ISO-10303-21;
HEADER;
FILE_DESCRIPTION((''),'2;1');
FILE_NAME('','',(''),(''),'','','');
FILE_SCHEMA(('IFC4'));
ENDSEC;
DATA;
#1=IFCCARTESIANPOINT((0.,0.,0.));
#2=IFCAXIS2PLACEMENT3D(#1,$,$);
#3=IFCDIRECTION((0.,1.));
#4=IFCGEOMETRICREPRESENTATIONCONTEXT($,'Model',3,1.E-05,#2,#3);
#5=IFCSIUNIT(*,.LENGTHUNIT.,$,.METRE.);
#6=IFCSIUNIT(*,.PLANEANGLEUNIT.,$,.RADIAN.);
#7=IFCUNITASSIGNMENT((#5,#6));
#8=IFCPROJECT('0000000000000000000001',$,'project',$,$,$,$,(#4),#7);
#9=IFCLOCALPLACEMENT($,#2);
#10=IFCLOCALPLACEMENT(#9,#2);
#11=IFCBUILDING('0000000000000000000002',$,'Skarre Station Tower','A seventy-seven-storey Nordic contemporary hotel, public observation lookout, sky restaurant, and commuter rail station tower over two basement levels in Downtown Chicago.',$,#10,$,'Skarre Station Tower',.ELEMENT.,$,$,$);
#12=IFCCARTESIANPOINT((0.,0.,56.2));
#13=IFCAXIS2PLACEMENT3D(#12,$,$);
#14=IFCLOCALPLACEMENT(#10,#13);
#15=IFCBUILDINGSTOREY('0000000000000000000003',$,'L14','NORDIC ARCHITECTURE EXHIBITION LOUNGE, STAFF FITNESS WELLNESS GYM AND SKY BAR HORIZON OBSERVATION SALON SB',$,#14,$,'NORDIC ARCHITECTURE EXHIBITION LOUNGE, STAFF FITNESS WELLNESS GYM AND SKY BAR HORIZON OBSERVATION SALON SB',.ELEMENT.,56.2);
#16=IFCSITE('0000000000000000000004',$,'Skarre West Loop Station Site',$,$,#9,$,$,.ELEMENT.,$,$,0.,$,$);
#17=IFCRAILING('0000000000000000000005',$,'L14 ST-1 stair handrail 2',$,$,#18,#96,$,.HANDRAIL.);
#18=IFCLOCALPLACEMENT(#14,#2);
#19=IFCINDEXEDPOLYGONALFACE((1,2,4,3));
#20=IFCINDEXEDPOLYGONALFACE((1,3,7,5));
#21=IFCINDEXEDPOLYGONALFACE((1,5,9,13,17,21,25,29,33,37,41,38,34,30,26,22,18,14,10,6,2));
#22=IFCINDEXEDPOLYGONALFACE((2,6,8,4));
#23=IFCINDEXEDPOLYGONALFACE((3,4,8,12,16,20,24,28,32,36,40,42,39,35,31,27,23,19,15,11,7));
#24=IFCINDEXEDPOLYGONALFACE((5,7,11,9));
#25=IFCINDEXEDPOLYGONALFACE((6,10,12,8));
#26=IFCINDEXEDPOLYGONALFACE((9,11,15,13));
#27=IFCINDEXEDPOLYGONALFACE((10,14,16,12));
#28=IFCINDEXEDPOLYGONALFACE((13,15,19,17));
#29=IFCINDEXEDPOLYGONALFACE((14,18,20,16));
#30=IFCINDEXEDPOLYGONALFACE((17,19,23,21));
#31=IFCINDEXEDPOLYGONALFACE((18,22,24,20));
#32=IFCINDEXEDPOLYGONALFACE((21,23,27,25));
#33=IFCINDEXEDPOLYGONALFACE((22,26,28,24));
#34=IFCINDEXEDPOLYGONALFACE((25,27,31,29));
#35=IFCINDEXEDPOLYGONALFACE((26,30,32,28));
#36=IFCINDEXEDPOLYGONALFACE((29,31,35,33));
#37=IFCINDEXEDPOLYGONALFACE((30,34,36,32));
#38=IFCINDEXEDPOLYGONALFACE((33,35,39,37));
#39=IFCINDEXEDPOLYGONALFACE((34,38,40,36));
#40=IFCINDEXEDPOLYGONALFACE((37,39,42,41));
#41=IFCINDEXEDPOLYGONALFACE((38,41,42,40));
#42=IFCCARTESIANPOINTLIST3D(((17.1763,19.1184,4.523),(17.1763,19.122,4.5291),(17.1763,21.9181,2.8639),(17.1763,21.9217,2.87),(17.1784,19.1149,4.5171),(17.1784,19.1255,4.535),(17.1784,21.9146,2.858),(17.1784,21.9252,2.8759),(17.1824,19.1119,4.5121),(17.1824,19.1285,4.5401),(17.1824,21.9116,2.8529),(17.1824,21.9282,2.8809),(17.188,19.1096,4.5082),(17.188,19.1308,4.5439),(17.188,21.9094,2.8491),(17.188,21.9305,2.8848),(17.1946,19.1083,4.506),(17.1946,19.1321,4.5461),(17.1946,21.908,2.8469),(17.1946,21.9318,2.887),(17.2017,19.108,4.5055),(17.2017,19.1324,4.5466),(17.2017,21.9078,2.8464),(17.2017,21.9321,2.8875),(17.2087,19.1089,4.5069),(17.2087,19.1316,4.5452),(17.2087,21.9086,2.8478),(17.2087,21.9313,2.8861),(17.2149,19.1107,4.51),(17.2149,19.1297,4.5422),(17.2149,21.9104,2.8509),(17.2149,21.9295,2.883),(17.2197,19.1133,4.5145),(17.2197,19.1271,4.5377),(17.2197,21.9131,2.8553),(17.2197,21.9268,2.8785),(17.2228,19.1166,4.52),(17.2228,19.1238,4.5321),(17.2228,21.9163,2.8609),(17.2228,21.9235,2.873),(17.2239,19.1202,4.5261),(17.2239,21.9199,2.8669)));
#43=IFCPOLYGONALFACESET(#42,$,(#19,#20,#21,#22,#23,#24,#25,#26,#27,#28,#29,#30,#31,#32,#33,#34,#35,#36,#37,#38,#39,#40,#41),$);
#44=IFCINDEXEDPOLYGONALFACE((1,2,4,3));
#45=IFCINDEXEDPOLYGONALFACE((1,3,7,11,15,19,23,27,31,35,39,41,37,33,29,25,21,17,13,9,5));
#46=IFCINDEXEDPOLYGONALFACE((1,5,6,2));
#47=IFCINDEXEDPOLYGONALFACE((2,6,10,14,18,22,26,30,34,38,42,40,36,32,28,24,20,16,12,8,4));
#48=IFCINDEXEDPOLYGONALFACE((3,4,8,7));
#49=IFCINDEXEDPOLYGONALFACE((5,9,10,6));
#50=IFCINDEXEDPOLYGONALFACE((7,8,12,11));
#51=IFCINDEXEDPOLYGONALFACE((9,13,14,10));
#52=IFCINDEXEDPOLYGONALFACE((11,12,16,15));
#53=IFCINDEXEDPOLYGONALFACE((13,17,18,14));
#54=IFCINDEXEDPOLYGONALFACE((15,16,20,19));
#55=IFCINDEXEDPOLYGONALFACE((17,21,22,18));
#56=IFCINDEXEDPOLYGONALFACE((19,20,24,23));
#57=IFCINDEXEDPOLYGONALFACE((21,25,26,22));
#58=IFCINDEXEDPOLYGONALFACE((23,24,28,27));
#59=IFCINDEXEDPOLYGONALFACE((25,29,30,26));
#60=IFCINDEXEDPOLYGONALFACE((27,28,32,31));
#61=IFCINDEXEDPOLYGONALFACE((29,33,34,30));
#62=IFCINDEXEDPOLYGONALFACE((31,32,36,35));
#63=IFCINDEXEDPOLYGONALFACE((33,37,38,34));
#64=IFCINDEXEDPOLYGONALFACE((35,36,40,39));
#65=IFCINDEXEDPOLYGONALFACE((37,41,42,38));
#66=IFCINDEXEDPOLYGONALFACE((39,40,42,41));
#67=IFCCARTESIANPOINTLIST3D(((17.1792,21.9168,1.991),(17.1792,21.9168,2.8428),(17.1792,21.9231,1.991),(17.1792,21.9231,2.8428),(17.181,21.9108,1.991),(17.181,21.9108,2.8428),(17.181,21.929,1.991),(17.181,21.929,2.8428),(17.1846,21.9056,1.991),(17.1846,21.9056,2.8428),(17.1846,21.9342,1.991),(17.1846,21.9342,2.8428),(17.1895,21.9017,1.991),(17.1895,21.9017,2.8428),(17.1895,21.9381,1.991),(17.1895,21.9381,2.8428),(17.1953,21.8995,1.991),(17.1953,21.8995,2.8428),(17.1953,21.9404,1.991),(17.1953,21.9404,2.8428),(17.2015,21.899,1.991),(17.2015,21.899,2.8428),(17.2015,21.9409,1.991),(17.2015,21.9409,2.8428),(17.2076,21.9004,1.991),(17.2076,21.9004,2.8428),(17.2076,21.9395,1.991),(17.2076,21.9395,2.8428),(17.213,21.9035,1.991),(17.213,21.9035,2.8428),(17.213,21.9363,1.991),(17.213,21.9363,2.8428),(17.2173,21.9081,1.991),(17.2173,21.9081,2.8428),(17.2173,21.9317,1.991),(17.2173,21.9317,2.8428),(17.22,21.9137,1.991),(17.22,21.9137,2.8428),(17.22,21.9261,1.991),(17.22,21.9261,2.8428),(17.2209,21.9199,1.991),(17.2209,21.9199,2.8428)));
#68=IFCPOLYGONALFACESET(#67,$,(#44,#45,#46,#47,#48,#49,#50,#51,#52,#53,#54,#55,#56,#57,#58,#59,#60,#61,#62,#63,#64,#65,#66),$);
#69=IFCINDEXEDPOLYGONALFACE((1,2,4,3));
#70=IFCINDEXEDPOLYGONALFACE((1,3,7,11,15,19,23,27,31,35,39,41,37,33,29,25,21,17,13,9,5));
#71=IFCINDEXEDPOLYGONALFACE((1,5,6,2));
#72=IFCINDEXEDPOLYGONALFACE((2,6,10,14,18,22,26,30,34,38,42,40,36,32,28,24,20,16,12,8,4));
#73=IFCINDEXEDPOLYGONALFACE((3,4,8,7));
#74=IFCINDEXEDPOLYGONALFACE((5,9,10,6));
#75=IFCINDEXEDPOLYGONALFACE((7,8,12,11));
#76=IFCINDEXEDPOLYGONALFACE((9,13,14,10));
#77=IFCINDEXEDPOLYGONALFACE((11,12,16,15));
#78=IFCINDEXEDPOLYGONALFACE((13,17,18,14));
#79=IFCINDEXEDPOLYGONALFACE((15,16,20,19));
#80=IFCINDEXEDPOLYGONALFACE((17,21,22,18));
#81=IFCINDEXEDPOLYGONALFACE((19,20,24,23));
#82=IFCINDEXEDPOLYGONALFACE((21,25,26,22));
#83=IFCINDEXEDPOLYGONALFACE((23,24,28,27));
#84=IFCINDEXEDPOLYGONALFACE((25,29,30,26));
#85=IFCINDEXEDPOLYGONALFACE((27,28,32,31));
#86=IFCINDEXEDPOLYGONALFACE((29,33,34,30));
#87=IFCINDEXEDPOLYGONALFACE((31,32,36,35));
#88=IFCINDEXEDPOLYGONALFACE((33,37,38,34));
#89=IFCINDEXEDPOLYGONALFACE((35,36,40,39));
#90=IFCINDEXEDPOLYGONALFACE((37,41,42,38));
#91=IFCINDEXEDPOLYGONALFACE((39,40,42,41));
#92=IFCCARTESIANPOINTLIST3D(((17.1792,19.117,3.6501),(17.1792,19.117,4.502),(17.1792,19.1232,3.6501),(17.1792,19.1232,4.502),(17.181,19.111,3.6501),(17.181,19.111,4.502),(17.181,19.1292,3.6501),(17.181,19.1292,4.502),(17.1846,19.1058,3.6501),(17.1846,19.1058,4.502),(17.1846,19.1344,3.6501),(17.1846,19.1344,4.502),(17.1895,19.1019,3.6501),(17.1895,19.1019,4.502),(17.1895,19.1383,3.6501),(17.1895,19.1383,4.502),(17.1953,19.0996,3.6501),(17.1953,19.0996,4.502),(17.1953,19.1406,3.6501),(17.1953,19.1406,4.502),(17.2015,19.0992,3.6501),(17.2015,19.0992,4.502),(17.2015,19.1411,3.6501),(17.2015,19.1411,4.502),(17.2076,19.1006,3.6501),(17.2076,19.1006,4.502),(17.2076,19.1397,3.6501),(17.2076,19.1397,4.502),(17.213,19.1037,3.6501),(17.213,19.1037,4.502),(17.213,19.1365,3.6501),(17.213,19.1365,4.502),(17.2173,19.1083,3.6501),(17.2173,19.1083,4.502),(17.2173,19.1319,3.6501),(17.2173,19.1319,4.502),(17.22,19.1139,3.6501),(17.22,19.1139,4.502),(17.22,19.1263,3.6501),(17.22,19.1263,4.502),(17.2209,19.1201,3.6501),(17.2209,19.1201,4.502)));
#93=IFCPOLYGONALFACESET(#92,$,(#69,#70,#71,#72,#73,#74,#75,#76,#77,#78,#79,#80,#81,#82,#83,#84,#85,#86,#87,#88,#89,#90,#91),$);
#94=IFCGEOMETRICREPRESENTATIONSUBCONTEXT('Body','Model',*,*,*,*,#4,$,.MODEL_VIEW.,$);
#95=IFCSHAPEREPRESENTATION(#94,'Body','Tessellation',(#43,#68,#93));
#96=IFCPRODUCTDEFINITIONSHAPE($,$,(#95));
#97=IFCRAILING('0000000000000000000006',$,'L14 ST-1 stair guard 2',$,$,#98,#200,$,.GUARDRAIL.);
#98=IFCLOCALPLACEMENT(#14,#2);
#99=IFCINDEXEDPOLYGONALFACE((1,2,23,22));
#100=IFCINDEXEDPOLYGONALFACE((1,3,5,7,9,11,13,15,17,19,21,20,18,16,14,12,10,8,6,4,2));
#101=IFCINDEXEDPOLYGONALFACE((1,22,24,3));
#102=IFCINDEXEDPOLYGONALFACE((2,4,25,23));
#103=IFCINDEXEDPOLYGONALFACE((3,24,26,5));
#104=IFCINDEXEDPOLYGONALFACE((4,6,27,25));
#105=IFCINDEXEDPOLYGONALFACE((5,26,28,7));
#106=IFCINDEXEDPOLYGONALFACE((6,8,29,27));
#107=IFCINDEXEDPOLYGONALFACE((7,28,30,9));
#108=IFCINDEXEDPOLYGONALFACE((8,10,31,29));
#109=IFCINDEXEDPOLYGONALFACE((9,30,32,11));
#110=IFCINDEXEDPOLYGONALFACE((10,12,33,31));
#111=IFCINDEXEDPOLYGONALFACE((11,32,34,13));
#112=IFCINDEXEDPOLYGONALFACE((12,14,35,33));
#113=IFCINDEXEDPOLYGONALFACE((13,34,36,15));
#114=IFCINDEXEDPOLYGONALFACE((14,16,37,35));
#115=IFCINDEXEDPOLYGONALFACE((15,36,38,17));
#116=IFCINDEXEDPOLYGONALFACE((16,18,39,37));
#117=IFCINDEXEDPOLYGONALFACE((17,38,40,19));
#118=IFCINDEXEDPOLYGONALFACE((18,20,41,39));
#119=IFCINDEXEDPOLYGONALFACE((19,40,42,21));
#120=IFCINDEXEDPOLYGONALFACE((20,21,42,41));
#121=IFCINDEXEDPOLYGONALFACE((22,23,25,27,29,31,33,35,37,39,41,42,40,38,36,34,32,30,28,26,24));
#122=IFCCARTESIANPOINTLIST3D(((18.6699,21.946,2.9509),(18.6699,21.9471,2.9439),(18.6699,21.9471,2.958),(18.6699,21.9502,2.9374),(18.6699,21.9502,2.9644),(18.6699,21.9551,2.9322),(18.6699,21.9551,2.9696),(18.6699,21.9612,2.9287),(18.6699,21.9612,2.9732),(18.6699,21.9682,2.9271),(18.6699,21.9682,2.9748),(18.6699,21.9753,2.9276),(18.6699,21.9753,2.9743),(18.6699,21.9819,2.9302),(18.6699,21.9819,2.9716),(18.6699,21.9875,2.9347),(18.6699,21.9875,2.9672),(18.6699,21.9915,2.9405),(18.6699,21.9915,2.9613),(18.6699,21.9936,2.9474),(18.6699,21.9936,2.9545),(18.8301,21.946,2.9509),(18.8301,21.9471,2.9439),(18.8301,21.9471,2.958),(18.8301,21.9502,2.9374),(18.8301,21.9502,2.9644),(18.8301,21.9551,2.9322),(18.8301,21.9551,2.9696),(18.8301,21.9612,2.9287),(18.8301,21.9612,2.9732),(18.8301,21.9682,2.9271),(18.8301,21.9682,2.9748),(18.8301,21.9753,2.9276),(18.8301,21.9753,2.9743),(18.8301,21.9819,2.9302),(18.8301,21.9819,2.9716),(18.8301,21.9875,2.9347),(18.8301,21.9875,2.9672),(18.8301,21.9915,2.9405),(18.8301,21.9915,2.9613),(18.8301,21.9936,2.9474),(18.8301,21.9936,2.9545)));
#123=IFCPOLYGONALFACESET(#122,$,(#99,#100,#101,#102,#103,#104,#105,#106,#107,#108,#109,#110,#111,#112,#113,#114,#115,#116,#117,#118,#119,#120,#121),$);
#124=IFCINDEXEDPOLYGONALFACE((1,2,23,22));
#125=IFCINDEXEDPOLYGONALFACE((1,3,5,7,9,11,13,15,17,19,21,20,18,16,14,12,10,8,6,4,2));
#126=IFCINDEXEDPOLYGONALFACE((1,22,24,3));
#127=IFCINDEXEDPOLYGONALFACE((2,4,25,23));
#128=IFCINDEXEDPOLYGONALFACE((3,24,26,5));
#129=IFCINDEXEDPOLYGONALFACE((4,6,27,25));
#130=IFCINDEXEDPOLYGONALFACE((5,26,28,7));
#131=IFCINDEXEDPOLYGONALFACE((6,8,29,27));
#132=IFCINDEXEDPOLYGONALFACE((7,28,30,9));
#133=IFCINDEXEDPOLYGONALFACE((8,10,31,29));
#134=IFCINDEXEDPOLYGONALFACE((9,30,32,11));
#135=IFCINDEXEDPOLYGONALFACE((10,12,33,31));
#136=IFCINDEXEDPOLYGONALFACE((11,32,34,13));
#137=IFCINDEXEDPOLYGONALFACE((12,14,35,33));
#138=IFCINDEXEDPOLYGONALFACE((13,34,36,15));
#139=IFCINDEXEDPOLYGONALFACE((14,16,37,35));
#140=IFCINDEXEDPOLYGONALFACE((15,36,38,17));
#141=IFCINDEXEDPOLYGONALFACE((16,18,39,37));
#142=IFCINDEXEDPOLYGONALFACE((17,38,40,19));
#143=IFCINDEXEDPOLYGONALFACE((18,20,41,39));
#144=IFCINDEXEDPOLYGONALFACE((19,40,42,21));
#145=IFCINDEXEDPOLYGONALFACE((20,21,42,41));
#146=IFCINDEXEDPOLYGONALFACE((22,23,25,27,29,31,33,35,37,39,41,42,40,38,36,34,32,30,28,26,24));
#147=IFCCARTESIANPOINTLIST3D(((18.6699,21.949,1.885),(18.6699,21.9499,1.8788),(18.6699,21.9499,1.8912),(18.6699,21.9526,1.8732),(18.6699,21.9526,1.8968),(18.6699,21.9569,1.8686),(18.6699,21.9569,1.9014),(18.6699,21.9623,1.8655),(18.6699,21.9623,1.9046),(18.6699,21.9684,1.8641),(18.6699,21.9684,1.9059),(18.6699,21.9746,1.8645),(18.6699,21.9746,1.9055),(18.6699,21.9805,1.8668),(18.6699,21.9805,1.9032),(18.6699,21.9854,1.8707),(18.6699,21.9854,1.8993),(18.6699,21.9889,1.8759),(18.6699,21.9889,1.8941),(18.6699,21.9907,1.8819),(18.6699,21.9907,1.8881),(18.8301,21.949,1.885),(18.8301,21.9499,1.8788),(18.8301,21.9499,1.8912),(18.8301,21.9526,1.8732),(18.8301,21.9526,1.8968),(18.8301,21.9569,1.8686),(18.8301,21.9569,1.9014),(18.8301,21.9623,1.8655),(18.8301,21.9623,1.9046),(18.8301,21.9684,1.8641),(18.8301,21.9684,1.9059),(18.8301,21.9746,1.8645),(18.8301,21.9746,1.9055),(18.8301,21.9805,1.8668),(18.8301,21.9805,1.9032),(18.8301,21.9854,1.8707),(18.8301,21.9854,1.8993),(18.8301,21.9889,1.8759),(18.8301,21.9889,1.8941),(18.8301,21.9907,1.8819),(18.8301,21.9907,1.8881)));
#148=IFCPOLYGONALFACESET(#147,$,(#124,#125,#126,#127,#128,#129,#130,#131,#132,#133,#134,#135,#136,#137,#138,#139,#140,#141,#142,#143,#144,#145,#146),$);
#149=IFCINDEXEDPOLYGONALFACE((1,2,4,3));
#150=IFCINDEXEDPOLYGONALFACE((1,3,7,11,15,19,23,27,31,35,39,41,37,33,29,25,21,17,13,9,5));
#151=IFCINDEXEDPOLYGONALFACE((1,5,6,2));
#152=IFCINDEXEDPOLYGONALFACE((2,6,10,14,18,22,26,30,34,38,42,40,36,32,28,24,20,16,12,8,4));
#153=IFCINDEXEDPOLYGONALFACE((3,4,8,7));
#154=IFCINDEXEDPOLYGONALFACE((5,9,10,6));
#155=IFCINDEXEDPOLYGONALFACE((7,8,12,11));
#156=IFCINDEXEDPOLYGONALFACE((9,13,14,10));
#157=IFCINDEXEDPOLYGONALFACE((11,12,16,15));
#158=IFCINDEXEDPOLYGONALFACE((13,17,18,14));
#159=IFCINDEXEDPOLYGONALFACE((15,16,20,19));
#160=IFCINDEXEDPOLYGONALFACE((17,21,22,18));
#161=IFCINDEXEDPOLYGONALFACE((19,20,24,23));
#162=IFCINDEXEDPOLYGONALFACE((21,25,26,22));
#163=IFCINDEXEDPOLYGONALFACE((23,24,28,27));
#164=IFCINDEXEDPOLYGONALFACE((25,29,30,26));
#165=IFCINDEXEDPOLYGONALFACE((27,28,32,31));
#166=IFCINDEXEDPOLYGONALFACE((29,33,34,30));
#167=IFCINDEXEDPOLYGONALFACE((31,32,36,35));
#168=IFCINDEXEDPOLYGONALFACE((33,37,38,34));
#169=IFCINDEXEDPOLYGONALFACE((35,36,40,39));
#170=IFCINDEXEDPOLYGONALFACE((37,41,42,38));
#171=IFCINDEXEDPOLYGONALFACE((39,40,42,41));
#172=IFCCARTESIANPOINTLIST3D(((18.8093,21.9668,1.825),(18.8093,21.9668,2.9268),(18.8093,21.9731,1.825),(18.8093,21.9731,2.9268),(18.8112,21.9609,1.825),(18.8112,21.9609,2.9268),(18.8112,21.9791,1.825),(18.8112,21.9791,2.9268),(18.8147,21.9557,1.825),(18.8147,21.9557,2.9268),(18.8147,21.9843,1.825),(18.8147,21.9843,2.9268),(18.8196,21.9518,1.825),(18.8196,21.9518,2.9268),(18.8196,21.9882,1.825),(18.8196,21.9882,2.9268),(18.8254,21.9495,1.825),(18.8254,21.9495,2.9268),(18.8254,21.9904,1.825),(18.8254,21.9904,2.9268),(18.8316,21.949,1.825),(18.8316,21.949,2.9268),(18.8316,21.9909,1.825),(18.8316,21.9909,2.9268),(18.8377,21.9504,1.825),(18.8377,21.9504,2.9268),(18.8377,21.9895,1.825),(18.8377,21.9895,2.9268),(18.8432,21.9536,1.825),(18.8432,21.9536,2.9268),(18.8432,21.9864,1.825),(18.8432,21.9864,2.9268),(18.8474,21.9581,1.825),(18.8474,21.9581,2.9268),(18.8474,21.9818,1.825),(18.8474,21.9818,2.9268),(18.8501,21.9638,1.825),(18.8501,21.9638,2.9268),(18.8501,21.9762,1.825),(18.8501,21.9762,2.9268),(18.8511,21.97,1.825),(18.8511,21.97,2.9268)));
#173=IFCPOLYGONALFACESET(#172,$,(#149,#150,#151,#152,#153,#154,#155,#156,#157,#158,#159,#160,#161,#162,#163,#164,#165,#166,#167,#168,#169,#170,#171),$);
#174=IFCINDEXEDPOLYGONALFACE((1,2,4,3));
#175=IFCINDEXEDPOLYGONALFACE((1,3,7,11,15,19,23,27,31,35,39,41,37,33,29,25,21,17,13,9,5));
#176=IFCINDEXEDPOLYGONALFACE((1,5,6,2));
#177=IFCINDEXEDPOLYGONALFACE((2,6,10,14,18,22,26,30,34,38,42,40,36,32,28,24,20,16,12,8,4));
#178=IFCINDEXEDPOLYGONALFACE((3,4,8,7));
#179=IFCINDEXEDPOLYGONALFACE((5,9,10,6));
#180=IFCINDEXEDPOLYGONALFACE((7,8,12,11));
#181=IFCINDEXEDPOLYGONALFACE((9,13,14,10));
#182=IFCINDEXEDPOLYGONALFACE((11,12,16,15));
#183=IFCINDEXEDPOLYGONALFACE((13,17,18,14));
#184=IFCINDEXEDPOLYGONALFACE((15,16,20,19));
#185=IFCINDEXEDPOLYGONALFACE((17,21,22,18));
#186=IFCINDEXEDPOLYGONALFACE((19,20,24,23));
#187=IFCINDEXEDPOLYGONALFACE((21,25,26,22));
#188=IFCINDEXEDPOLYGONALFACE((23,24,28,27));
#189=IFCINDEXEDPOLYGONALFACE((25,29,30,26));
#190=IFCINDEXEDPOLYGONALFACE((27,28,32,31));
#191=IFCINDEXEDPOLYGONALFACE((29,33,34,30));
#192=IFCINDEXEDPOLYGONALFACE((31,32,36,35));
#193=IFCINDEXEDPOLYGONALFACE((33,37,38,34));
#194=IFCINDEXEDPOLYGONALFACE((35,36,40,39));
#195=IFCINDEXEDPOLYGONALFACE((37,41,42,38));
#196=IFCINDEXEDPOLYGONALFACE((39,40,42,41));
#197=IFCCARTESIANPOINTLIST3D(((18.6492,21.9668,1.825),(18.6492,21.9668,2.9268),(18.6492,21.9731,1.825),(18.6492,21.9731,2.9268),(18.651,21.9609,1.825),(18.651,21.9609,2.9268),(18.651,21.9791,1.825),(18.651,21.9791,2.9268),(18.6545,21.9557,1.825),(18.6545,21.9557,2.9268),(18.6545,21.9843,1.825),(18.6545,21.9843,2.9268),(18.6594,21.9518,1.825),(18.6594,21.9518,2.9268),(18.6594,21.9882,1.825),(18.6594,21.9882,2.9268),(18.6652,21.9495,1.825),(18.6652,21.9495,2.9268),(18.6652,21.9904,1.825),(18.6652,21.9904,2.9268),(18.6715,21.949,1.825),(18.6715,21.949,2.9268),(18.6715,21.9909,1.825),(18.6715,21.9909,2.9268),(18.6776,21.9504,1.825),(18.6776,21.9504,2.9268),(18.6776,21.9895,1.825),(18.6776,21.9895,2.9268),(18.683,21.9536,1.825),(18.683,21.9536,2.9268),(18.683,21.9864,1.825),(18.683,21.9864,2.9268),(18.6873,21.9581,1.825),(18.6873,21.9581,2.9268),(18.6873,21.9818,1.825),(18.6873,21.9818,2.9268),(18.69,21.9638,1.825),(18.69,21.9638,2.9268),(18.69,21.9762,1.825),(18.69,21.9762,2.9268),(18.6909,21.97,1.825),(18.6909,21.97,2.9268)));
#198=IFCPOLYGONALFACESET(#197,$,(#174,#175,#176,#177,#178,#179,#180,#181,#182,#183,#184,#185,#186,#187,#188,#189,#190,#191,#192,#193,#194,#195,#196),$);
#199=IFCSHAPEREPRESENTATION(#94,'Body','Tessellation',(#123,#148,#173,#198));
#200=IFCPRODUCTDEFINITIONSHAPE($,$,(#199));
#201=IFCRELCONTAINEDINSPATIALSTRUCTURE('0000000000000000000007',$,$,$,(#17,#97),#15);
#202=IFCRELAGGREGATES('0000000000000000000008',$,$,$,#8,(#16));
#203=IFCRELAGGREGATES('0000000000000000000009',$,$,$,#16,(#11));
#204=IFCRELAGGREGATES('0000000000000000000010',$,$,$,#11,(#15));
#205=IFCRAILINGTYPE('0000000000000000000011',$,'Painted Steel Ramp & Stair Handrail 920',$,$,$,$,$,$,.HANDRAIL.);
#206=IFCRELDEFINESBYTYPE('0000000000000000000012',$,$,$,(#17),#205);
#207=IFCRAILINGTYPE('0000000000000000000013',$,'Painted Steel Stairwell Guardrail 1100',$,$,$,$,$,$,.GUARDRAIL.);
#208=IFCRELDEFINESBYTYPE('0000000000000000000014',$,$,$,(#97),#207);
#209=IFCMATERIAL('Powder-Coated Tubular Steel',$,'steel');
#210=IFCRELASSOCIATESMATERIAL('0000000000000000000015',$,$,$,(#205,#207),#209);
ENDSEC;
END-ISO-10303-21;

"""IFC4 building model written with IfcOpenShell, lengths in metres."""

from ifc_helpers import new_model, si_unit, direction, frame, origin, origin_2d, place, context, subcontext, project, spatial, circle, extrude, material, type_object, element, save


model = new_model("IFC4")

# Units and contexts
model_context = context("Model", 3, precision=1e-05, world=origin(), true_north=direction((0.0, 1.0)))
body_context = subcontext(model_context, "Body", "Model", "MODEL_VIEW")
ifc_project = project(units=[si_unit("LENGTHUNIT", "METRE"), si_unit("PLANEANGLEUNIT", "RADIAN")], contexts=[model_context])

# Site, building, storey
site_placement = place(None, origin())
site = spatial("IfcSite", under=ifc_project, at=site_placement, Name="Skarre West Loop Station Site", CompositionType="ELEMENT", RefElevation=0.0)
building_placement = place(site_placement, origin())
building = spatial("IfcBuilding", under=site, at=building_placement, Name="Skarre Station Tower", Description="A seventy-seven-storey Nordic contemporary hotel, public observation lookout, sky restaurant, and commuter rail station tower over two basement levels in Downtown Chicago.", LongName="Skarre Station Tower", CompositionType="ELEMENT")
storey_placement = place(building_placement, frame((0.0, 0.0, 56.2)))
storey = spatial("IfcBuildingStorey", under=building, at=storey_placement, Name="L14", Description="NORDIC ARCHITECTURE EXHIBITION LOUNGE, STAFF FITNESS WELLNESS GYM AND SKY BAR HORIZON OBSERVATION SALON SB", LongName="NORDIC ARCHITECTURE EXHIBITION LOUNGE, STAFF FITNESS WELLNESS GYM AND SKY BAR HORIZON OBSERVATION SALON SB", CompositionType="ELEMENT", Elevation=56.2)

# Railings
ifc_material_1 = material(Name="Powder-Coated Tubular Steel", Category="steel")
railing_type_1 = type_object("IfcRailingType", Name="Painted Steel Ramp & Stair Handrail 920", PredefinedType="HANDRAIL", material=ifc_material_1)
railing_1_placement = place(storey_placement, frame((17.2, 21.9199, 1.991)))
element("IfcRailing", 1, at=railing_1_placement, inside=storey, type_object=railing_type_1, Name="L14 ST-1 stair handrail 2", PredefinedType="HANDRAIL", context=body_context, shape_type="SweptSolid", body=[
    extrude(circle(Radius=0.0239, at=origin_2d()), frame((0.0, 0.0, 0.876), z_axis=(0.0, -0.860287, 0.509811), x_axis=(1.0, 0.0, 0.0)), (0.0, 0.0, 1.0), 3.2544),
    extrude(circle(Radius=0.021, at=origin_2d()), origin(), (0.0, 0.0, 1.0), 0.8518),
    extrude(circle(Radius=0.021, at=origin_2d()), frame((0.0, -2.7998, 1.6592)), (0.0, 0.0, 1.0), 0.8518),
])
railing_type_2 = type_object("IfcRailingType", Name="Painted Steel Stairwell Guardrail 1100", PredefinedType="GUARDRAIL", material=ifc_material_1)
railing_2_placement = place(storey_placement, frame((18.8301, 21.97, 1.825)))
element("IfcRailing", 2, at=railing_2_placement, inside=storey, type_object=railing_type_2, Name="L14 ST-1 stair guard 2", PredefinedType="GUARDRAIL", context=body_context, shape_type="SweptSolid", body=[
    extrude(circle(Radius=0.0239, at=origin_2d()), frame((0.0, 0.0, 1.126), z_axis=(-1.0, 0.0, 0.0), x_axis=(0.0, -1.0, 0.0)), (0.0, 0.0, 1.0), 0.1602),
    extrude(circle(Radius=0.021, at=origin_2d()), frame((0.0, 0.0, 0.0601), z_axis=(-1.0, 0.0, 0.0), x_axis=(0.0, -1.0, 0.0)), (0.0, 0.0, 1.0), 0.1602),
    extrude(circle(Radius=0.021, at=origin_2d()), origin(), (0.0, 0.0, 1.0), 1.1018),
    extrude(circle(Radius=0.021, at=origin_2d()), frame((-0.1602, 0.0, 0.0)), (0.0, 0.0, 1.0), 1.1018),
])

save(model, "model.ifc")
